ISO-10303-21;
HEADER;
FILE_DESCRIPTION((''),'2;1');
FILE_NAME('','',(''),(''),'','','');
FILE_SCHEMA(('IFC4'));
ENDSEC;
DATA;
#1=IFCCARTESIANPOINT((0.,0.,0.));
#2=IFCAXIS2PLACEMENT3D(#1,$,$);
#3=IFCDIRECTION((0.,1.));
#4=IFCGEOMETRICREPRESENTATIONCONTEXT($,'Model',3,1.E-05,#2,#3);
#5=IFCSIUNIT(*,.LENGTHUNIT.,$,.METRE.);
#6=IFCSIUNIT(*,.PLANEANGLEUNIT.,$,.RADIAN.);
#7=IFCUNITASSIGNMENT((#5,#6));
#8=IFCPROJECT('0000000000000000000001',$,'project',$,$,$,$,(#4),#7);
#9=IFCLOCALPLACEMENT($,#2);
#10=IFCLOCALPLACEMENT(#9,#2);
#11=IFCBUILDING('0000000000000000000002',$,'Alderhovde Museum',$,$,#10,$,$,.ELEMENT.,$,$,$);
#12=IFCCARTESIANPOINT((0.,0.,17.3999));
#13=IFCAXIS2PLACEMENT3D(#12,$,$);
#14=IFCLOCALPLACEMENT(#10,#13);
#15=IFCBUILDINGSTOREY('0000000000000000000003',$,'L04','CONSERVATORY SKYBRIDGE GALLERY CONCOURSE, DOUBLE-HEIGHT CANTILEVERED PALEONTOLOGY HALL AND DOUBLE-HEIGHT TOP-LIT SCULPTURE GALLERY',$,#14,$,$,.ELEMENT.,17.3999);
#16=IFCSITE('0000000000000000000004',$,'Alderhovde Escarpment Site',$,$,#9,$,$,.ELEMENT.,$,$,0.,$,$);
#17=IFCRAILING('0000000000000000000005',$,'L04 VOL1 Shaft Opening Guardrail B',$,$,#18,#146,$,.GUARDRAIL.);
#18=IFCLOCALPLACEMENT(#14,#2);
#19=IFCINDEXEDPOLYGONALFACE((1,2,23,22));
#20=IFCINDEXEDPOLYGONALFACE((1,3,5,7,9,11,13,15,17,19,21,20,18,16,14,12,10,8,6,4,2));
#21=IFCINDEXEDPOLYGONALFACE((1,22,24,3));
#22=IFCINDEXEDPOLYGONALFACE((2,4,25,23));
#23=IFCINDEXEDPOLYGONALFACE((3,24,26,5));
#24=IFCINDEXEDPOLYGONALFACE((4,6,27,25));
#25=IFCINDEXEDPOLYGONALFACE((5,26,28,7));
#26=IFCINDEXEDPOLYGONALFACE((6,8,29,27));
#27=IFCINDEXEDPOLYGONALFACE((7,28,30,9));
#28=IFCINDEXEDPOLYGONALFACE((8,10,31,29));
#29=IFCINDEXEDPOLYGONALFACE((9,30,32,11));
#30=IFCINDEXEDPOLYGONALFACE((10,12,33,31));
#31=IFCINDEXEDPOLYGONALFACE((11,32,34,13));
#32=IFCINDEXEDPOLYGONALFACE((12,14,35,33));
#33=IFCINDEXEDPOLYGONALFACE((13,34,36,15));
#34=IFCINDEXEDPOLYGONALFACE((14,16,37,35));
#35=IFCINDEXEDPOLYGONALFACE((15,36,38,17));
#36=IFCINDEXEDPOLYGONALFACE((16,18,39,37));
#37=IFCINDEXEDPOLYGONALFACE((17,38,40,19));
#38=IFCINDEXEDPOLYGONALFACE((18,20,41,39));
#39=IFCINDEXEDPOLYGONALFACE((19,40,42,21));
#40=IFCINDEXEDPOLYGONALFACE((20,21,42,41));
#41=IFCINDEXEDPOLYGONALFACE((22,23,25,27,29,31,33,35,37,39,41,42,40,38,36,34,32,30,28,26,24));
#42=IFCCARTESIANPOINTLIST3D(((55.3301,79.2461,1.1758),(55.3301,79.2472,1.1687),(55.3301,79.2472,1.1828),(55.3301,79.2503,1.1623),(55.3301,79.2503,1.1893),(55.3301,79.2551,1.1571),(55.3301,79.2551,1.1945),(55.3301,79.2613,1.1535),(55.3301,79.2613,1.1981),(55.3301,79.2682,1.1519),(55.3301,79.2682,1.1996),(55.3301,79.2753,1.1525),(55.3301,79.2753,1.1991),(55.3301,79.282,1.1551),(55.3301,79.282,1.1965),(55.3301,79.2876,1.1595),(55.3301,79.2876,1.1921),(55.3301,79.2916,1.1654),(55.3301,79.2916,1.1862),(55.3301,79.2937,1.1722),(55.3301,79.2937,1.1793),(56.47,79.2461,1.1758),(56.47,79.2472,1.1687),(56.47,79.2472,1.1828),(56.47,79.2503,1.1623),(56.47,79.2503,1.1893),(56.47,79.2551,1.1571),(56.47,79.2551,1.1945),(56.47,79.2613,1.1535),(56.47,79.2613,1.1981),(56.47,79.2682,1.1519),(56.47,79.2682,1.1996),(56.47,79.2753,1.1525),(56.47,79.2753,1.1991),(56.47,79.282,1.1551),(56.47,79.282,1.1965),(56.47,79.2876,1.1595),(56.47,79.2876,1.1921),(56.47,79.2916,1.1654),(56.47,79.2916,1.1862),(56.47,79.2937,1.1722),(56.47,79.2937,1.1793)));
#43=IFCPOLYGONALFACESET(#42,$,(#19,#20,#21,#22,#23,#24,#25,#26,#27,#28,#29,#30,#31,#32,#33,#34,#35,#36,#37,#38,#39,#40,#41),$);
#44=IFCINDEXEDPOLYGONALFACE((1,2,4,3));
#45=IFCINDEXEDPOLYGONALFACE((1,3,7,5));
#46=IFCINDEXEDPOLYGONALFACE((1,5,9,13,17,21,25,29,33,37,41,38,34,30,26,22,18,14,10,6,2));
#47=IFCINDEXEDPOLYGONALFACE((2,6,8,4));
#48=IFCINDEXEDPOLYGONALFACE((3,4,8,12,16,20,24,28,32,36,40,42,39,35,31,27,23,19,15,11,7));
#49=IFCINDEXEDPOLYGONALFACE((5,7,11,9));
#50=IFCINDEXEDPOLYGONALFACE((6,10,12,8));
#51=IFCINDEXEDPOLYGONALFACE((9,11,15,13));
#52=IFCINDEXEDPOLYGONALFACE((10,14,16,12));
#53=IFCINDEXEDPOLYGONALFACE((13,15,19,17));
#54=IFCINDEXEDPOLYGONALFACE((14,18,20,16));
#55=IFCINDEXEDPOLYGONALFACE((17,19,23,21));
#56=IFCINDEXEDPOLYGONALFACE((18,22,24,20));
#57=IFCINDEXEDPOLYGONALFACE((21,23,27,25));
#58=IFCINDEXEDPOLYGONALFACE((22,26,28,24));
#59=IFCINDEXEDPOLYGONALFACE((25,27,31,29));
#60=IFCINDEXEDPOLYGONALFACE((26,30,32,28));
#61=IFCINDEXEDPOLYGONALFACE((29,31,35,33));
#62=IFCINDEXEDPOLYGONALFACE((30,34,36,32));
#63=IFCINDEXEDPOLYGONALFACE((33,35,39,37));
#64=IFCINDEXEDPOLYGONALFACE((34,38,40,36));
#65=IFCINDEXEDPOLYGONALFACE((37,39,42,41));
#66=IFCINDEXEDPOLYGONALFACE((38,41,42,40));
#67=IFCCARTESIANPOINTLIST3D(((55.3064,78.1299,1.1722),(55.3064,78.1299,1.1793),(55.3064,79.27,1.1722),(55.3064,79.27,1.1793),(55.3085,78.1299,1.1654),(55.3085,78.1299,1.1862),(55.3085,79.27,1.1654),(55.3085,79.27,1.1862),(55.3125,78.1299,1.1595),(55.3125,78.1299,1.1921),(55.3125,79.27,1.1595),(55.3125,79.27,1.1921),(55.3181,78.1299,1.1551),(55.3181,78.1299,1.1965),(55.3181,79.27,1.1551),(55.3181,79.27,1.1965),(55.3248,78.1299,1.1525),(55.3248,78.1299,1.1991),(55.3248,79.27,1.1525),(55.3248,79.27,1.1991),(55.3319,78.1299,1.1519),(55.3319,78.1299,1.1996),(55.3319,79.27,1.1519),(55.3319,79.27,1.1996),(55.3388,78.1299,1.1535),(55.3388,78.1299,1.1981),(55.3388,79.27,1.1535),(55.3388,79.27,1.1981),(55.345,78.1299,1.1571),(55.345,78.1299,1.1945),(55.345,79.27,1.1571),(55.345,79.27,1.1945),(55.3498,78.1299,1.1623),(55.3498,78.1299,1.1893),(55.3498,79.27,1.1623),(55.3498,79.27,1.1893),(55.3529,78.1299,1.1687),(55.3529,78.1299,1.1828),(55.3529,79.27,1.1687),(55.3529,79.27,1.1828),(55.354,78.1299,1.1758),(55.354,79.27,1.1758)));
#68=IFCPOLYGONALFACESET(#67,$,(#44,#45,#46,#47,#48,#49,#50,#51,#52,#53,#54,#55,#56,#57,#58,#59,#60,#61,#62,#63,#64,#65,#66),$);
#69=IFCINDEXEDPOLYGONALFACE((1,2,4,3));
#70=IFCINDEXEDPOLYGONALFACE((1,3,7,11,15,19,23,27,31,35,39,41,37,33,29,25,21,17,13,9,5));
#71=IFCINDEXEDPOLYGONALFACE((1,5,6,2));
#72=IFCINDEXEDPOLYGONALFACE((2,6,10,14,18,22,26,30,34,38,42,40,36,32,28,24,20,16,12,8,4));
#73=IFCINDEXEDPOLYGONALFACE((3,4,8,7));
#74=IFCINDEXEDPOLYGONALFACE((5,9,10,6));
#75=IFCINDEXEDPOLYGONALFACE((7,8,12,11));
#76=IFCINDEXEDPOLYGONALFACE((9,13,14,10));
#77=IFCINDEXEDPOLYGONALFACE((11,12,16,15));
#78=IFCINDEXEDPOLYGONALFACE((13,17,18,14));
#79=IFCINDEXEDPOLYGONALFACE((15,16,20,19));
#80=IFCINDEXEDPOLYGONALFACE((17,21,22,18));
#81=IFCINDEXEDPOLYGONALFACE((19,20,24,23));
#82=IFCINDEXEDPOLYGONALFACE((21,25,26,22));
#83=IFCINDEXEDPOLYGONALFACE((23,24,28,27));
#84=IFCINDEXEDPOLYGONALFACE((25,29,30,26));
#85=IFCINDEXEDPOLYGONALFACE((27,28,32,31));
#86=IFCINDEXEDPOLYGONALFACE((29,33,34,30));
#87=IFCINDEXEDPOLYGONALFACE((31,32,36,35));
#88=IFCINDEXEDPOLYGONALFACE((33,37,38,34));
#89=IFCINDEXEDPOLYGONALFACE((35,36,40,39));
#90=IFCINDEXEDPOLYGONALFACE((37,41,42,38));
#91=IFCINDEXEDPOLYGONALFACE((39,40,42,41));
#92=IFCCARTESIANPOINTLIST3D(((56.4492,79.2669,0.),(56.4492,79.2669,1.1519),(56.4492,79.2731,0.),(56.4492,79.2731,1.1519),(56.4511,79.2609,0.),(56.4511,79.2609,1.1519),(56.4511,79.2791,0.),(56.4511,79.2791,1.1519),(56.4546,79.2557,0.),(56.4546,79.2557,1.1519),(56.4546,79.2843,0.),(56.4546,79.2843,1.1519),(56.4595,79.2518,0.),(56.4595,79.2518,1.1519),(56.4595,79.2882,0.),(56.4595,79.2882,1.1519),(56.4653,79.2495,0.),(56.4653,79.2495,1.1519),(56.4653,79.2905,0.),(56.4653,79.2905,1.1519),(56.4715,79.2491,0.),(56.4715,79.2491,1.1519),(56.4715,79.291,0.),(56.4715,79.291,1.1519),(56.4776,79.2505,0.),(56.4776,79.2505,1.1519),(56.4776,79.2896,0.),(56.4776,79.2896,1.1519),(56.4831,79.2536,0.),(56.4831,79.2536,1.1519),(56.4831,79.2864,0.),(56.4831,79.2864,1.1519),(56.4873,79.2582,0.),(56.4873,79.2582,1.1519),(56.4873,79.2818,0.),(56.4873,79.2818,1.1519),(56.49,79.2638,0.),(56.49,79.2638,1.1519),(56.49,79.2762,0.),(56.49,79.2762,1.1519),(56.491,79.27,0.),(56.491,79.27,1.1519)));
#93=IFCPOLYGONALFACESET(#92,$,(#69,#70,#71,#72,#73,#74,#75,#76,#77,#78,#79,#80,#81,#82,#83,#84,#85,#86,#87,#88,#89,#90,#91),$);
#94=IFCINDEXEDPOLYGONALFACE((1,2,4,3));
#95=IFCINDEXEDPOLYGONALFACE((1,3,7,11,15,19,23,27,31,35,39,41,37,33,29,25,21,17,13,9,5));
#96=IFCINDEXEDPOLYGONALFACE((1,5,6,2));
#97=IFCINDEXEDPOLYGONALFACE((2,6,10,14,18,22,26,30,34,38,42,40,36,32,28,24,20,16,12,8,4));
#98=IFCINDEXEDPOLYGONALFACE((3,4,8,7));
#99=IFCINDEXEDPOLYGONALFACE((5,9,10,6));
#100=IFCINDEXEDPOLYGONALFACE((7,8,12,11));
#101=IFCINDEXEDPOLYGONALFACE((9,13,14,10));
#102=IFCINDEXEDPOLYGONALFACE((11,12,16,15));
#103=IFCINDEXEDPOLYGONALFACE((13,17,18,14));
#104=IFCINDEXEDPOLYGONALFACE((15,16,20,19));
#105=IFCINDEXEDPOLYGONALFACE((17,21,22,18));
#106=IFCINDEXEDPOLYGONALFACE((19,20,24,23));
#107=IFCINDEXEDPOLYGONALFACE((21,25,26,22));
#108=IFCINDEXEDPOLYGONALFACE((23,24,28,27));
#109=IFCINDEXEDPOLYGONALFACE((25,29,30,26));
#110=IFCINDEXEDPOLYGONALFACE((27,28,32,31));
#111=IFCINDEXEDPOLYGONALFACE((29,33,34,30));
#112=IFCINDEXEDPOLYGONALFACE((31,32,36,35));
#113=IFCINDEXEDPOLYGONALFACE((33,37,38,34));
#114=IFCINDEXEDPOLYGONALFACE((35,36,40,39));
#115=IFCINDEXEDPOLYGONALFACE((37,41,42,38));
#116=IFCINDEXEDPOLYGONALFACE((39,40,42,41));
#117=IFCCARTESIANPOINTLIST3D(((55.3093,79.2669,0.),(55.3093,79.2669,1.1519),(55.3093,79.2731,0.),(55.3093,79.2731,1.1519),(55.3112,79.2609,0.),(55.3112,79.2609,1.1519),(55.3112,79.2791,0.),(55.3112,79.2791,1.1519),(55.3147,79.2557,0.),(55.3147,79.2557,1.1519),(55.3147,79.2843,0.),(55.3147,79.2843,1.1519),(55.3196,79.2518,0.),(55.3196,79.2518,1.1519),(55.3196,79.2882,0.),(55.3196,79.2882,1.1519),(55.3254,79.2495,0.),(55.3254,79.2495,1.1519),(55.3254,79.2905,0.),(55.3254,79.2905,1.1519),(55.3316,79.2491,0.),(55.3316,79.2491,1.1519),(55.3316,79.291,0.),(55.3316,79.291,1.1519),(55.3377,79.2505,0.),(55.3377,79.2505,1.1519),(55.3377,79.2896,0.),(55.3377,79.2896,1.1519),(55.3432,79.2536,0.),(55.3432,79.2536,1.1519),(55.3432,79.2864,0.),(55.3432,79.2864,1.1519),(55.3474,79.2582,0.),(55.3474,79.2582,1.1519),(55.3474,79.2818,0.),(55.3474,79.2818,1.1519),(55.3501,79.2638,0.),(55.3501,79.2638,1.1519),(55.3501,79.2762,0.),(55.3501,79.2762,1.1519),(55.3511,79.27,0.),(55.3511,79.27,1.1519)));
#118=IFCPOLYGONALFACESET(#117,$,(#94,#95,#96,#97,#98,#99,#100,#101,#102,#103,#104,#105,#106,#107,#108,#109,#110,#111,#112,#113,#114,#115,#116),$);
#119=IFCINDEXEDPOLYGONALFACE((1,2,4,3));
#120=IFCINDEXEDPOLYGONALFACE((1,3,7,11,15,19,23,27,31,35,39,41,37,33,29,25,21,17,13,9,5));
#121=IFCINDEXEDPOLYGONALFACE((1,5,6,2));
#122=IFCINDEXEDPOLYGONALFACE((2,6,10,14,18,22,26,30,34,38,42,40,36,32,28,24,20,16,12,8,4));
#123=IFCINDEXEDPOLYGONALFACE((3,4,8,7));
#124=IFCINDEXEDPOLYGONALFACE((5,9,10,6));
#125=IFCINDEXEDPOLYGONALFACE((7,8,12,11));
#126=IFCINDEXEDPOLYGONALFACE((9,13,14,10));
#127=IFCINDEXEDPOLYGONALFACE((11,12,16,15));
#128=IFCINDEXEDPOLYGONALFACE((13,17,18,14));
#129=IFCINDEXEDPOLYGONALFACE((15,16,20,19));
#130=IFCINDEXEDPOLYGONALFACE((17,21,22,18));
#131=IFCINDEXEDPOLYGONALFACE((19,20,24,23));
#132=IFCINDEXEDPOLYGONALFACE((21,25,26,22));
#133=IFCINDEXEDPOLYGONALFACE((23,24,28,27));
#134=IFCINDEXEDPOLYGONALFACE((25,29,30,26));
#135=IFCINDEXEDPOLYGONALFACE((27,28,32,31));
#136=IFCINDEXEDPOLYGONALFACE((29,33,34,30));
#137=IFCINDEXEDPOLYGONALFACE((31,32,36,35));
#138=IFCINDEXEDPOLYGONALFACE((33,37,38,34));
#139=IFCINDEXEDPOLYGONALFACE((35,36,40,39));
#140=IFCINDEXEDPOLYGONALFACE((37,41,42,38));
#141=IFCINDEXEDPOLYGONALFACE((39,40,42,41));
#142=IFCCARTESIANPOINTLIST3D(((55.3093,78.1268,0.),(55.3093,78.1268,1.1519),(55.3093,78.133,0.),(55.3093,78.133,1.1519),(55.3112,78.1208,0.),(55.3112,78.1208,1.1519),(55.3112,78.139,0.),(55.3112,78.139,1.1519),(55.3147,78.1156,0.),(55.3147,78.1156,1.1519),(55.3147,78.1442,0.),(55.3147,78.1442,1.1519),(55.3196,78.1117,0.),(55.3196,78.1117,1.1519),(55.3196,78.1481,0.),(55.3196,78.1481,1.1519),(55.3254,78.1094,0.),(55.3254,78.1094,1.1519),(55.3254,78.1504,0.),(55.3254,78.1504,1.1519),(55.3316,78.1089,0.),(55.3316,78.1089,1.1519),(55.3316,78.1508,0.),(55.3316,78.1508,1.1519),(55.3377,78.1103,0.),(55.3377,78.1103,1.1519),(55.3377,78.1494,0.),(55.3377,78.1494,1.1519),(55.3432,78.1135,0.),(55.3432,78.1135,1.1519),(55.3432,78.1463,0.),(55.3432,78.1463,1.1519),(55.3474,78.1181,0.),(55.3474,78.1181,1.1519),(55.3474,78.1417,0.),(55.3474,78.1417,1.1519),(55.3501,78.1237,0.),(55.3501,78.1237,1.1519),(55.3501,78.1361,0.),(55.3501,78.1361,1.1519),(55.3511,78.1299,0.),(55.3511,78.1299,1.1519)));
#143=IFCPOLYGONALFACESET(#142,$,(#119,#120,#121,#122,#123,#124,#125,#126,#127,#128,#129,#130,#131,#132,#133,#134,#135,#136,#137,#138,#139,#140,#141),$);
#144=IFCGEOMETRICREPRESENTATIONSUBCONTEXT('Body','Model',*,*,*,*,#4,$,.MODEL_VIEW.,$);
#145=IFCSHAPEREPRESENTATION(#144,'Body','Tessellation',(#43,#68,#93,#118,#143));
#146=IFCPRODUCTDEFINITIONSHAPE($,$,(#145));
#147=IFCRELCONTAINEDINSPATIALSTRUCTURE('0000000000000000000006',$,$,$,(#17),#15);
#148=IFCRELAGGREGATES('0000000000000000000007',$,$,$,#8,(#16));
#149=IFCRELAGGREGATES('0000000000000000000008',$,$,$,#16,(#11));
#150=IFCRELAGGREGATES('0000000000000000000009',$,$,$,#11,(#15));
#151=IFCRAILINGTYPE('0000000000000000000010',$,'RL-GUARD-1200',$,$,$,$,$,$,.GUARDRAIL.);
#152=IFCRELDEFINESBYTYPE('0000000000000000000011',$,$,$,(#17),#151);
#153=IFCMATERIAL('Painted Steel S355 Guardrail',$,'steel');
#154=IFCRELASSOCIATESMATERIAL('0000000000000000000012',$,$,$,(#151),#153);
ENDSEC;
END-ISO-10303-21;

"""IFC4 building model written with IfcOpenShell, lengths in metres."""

from ifc_helpers import new_model, si_unit, direction, frame, origin, origin_2d, place, context, subcontext, project, spatial, circle, extrude, material, type_object, element, save


model = new_model("IFC4")

# Units and contexts
model_context = context("Model", 3, precision=1e-05, world=origin(), true_north=direction((0.0, 1.0)))
body_context = subcontext(model_context, "Body", "Model", "MODEL_VIEW")
ifc_project = project(units=[si_unit("LENGTHUNIT", "METRE"), si_unit("PLANEANGLEUNIT", "RADIAN")], contexts=[model_context])

# Site, building, storey
site_placement = place(None, origin())
site = spatial("IfcSite", under=ifc_project, at=site_placement, Name="Alderhovde Escarpment Site", CompositionType="ELEMENT", RefElevation=0.0)
building_placement = place(site_placement, origin())
building = spatial("IfcBuilding", under=site, at=building_placement, Name="Alderhovde Museum", CompositionType="ELEMENT")
storey_placement = place(building_placement, frame((0.0, 0.0, 17.3999)))
storey = spatial("IfcBuildingStorey", under=building, at=storey_placement, Name="L04", Description="CONSERVATORY SKYBRIDGE GALLERY CONCOURSE, DOUBLE-HEIGHT CANTILEVERED PALEONTOLOGY HALL AND DOUBLE-HEIGHT TOP-LIT SCULPTURE GALLERY", CompositionType="ELEMENT", Elevation=17.3999)

# Railing
ifc_material_1 = material(Name="Painted Steel S355 Guardrail", Category="steel")
railing_type = type_object("IfcRailingType", Name="RL-GUARD-1200", PredefinedType="GUARDRAIL", material=ifc_material_1)
railing_1_placement = place(storey_placement, frame((56.47, 79.27, 0.0)))
element("IfcRailing", 1, at=railing_1_placement, inside=storey, type_object=railing_type, Name="L04 VOL1 Shaft Opening Guardrail B", PredefinedType="GUARDRAIL", context=body_context, shape_type="SweptSolid", body=[
    extrude(circle(Radius=0.0239, at=origin_2d()), frame((0.0, 0.0, 1.1758), z_axis=(-1.0, 0.0, 0.0), x_axis=(0.0, -1.0, 0.0)), (0.0, 0.0, 1.0), 1.1399),
    extrude(circle(Radius=0.0239, at=origin_2d()), frame((-1.1399, 0.0, 1.1758), z_axis=(0.0, -1.0, 0.0), x_axis=(1.0, 0.0, 0.0)), (0.0, 0.0, 1.0), 1.1401),
    extrude(circle(Radius=0.021, at=origin_2d()), origin(), (0.0, 0.0, 1.0), 1.1519),
    extrude(circle(Radius=0.021, at=origin_2d()), frame((-1.1399, 0.0, 0.0)), (0.0, 0.0, 1.0), 1.1519),
    extrude(circle(Radius=0.021, at=origin_2d()), frame((-1.1399, -1.1401, 0.0)), (0.0, 0.0, 1.0), 1.1519),
])

save(model, "model.ifc")
